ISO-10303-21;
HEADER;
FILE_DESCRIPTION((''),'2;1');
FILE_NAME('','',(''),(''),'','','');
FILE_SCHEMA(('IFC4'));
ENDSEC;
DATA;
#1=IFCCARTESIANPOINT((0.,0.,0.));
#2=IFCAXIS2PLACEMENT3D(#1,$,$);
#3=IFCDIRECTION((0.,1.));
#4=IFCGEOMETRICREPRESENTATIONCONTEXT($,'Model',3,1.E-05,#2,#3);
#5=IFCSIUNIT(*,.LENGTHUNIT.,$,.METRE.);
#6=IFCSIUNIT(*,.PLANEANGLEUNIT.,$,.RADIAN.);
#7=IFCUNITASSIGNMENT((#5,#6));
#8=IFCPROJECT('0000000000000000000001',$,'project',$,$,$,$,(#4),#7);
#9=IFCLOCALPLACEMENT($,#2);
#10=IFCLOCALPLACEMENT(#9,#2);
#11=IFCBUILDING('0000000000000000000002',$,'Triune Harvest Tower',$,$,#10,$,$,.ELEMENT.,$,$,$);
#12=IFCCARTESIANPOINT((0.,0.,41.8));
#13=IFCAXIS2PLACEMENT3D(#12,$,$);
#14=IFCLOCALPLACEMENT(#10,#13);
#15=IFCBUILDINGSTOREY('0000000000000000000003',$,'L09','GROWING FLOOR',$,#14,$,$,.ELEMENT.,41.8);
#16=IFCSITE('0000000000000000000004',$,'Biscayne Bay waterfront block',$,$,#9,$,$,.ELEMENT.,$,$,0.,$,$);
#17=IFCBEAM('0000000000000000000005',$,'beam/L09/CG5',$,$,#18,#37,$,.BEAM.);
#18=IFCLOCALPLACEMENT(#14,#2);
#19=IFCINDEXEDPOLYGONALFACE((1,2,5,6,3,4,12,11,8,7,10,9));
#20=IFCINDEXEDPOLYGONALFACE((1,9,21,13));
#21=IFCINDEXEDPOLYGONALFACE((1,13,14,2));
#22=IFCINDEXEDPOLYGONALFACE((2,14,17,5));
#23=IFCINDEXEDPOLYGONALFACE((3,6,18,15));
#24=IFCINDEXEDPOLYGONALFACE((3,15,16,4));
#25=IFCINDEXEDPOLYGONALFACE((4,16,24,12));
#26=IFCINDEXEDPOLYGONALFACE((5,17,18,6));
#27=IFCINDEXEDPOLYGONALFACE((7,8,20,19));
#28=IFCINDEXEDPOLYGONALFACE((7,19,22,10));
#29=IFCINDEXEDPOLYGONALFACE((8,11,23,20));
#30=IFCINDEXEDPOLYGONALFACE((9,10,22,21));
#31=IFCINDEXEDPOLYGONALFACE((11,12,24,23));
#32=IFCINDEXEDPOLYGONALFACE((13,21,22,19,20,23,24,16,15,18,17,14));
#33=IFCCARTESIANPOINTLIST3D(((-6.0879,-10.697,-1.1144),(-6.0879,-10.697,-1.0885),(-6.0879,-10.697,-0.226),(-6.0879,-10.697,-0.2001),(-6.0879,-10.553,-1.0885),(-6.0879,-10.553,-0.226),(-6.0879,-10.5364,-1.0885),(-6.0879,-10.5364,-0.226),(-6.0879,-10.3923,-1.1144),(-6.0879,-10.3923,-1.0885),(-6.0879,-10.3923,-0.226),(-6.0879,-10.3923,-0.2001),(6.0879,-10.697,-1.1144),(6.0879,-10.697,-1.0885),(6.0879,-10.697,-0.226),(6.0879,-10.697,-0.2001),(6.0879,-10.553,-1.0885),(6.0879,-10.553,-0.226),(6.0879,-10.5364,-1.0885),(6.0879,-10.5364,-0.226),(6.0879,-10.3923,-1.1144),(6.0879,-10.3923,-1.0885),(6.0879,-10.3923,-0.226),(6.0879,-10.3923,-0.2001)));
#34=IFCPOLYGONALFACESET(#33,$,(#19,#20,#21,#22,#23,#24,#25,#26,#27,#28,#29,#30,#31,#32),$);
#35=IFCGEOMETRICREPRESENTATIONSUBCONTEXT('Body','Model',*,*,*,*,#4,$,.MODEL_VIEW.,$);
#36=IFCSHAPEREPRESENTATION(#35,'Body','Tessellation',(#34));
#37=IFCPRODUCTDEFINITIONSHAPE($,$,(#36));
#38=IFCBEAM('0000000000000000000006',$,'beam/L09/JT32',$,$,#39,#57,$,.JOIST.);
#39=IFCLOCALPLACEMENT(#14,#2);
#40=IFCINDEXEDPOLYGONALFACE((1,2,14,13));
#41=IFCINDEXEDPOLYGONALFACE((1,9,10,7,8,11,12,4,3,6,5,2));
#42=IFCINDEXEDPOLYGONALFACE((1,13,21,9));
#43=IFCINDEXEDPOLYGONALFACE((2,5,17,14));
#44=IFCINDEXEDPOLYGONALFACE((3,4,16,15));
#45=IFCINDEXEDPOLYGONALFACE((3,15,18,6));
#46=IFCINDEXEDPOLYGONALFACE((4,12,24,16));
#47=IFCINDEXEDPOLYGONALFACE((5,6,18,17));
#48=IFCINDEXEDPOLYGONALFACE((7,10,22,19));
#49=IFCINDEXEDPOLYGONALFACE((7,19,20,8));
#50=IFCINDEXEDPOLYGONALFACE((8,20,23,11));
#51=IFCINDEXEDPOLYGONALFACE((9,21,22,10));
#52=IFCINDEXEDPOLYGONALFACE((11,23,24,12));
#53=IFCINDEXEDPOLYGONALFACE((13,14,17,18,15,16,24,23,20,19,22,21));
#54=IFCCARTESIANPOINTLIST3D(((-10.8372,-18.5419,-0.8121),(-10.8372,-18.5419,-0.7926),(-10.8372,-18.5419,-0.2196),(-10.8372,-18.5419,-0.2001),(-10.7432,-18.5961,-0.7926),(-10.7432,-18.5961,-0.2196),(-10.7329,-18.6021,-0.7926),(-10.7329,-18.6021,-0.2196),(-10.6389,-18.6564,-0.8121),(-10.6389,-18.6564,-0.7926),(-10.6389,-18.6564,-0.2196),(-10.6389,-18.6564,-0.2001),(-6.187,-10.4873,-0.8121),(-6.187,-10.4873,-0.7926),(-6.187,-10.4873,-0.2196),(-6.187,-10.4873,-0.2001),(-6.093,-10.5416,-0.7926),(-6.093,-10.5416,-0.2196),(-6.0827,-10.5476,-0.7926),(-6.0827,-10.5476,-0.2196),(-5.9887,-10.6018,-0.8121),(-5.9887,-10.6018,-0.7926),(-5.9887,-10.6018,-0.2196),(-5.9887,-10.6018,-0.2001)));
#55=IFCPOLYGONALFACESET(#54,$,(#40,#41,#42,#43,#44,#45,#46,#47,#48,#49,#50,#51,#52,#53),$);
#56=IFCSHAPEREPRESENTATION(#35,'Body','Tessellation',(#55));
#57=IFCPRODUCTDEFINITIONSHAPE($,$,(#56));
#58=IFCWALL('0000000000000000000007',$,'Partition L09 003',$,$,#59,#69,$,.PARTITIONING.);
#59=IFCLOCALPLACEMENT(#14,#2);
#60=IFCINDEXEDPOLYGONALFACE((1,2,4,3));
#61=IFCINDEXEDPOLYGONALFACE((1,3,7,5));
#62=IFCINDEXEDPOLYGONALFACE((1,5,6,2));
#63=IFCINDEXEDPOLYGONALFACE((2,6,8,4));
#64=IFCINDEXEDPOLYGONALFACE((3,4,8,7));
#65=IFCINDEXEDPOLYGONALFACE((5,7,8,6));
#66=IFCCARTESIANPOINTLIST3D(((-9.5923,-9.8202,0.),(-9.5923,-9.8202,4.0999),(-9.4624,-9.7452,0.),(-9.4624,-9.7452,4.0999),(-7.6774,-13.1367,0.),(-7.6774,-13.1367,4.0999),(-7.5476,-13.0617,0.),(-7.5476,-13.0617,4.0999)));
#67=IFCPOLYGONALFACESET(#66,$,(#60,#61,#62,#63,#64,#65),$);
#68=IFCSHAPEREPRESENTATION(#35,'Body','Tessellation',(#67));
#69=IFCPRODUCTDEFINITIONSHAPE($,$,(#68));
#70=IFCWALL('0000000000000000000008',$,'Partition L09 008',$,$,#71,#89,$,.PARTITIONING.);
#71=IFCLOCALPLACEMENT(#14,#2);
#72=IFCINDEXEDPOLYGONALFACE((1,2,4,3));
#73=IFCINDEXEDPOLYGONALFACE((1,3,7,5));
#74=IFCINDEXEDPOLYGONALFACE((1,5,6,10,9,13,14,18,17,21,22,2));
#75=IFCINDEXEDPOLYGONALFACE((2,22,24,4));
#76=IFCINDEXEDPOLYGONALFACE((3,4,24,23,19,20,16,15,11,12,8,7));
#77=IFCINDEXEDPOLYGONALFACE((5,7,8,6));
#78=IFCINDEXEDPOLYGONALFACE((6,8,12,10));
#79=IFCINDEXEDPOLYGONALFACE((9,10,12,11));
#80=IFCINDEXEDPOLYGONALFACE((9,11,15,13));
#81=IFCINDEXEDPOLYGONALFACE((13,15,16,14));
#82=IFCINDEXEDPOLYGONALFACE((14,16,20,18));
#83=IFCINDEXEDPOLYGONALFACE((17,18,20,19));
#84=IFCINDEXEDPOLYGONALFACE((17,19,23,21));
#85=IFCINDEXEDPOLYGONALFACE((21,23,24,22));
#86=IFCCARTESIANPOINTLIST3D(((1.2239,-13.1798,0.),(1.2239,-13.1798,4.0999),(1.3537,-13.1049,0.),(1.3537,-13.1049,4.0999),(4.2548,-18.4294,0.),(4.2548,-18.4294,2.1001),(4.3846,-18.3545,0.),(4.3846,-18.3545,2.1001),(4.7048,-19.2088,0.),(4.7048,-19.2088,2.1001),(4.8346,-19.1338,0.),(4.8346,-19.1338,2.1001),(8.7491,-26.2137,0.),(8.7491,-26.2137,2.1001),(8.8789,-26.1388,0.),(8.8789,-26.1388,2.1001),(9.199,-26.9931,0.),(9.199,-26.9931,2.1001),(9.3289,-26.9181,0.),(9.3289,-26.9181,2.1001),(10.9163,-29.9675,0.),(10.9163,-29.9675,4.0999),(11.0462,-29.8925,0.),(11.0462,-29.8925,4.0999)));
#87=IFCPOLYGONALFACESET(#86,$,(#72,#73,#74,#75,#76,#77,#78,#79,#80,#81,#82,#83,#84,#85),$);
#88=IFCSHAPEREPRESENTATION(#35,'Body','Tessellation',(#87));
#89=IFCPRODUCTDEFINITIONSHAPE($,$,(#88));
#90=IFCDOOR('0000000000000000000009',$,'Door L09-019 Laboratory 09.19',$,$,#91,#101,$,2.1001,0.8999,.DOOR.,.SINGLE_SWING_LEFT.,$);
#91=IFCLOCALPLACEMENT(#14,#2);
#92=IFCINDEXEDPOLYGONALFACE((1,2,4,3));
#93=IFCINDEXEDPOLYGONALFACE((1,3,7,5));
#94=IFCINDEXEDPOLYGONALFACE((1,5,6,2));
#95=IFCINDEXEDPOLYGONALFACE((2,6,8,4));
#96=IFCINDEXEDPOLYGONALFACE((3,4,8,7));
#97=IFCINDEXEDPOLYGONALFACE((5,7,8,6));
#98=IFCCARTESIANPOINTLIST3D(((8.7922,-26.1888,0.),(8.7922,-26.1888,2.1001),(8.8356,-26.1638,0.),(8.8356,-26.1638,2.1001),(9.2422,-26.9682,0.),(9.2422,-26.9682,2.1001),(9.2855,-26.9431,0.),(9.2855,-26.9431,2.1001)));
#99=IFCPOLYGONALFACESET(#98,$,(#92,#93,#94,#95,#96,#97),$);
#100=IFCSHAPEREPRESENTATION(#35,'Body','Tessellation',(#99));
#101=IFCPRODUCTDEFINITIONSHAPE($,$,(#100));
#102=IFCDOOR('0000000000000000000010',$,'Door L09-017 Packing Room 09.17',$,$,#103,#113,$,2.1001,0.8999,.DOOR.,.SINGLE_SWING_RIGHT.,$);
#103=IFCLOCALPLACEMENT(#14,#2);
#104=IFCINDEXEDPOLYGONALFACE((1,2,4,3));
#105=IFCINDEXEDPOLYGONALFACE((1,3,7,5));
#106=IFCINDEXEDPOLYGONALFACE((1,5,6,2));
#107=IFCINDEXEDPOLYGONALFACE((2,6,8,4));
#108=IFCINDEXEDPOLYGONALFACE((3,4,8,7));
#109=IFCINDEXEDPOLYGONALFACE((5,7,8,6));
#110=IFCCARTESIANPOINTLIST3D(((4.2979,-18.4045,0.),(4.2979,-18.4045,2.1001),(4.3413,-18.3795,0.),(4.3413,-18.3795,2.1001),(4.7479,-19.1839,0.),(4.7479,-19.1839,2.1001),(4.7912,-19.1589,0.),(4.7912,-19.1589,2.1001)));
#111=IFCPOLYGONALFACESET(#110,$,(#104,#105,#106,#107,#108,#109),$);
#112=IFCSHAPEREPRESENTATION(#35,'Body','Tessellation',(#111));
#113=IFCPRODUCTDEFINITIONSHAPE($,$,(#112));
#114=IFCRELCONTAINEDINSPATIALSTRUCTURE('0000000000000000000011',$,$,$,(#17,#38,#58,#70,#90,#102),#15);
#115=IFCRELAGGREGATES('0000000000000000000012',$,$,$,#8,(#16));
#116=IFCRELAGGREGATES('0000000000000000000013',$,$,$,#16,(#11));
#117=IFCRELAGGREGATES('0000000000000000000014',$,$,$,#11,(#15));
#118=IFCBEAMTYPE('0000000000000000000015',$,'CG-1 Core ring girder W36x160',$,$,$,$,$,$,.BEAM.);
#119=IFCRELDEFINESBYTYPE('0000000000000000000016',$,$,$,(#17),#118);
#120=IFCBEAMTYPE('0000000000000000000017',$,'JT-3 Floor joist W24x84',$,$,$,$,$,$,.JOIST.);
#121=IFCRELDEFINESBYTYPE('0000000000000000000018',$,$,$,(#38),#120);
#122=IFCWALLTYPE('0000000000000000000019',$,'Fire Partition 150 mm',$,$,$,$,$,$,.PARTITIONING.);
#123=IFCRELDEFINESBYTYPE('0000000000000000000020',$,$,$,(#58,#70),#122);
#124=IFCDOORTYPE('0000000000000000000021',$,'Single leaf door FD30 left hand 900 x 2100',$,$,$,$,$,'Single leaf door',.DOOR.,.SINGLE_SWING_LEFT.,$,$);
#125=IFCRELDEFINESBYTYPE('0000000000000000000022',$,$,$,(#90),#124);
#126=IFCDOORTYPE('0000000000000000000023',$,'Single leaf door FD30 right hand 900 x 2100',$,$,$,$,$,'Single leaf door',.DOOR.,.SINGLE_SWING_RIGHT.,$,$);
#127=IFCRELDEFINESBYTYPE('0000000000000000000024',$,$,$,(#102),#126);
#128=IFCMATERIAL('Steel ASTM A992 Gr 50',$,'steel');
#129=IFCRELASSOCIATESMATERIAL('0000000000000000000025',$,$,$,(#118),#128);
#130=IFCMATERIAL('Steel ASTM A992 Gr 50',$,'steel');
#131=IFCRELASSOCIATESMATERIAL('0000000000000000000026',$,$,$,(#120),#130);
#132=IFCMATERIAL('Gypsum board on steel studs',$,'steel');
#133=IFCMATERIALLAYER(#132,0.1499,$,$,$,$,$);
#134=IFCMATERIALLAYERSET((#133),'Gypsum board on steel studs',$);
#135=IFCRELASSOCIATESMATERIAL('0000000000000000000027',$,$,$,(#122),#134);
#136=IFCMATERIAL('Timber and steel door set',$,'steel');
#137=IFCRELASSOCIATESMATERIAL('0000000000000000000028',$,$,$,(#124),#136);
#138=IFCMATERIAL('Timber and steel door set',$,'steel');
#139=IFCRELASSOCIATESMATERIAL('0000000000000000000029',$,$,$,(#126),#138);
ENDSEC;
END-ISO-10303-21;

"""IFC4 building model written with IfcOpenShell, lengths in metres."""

from ifc_helpers import new_model, si_unit, direction, frame, frame_2d, origin, origin_2d, place, context, subcontext, project, spatial, rectangle, i_section, extrude, source, transform, mapped, material, layer, layer_set, material_profile, profile_set, type_object, element, fill, save


model = new_model("IFC4")

# Units and contexts
model_context = context("Model", 3, precision=1e-05, world=origin(), true_north=direction((0.0, 1.0)))
body_context = subcontext(model_context, "Body", "Model", "MODEL_VIEW")
ifc_project = project(units=[si_unit("LENGTHUNIT", "METRE"), si_unit("PLANEANGLEUNIT", "RADIAN")], contexts=[model_context])

# Site, building, storey
site_placement = place(None, origin())
site = spatial("IfcSite", under=ifc_project, at=site_placement, Name="Biscayne Bay waterfront block", CompositionType="ELEMENT", RefElevation=0.0)
building_placement = place(site_placement, origin())
building = spatial("IfcBuilding", under=site, at=building_placement, Name="Triune Harvest Tower", CompositionType="ELEMENT")
storey_placement = place(building_placement, frame((0.0, 0.0, 41.8)))
storey = spatial("IfcBuildingStorey", under=building, at=storey_placement, Name="L09", Description="GROWING FLOOR", CompositionType="ELEMENT", Elevation=41.8)

# Beams
ifc_material_1 = material(Name="Steel ASTM A992 Gr 50", Category="steel")
ifc_material_profile_1 = material_profile(ifc_material_1, i_section(OverallWidth=0.3047, OverallDepth=0.9143, WebThickness=0.0166, FlangeThickness=0.0259, at=origin_2d()), Name="W36x160")
ifc_profile_set_1 = profile_set([ifc_material_profile_1], Name="Steel ASTM A992 Gr 50")
beam_type_1 = type_object("IfcBeamType", Name="CG-1 Core ring girder W36x160", PredefinedType="BEAM", material=ifc_profile_set_1)
shared_shape_1 = source(origin(), body_context, "Body", "SweptSolid", [
    extrude(i_section(OverallWidth=0.3047, OverallDepth=0.9143, WebThickness=0.0166, FlangeThickness=0.0259, at=origin_2d()), origin(), (0.0, 0.0, 1.0), 12.1758),
])
beam_1_placement = place(storey_placement, frame((-6.0879, -10.5447, -0.6572), z_axis=(1.0, 0.0, 0.0), x_axis=(0.0, 1.0, 0.0)))
element("IfcBeam", 1, at=beam_1_placement, inside=storey, type_object=beam_type_1, Name="beam/L09/CG5", PredefinedType="BEAM", context=body_context, shape_type="MappedRepresentation", body=[
    mapped(shared_shape_1, transform((0.0, 0.0, 0.0), scale=1.0)),
])
ifc_material_2 = material(Name="Steel ASTM A992 Gr 50", Category="steel")
ifc_material_profile_2 = material_profile(ifc_material_2, i_section(OverallWidth=0.229, OverallDepth=0.6121, WebThickness=0.012, FlangeThickness=0.0195, at=origin_2d()), Name="W24x84")
ifc_profile_set_2 = profile_set([ifc_material_profile_2], Name="Steel ASTM A992 Gr 50")
beam_type_2 = type_object("IfcBeamType", Name="JT-3 Floor joist W24x84", PredefinedType="JOIST", material=ifc_profile_set_2)
shared_shape_2 = source(origin(), body_context, "Body", "SweptSolid", [
    extrude(i_section(OverallWidth=0.229, OverallDepth=0.6121, WebThickness=0.012, FlangeThickness=0.0195, at=origin_2d()), origin(), (0.0, 0.0, 1.0), 9.3005),
])
beam_2_placement = place(storey_placement, frame((-10.738, -18.5991, -0.5061), z_axis=(0.499993, 0.86603, 0.0), x_axis=(-0.86603, 0.499993, 0.0)))
element("IfcBeam", 2, at=beam_2_placement, inside=storey, type_object=beam_type_2, Name="beam/L09/JT32", PredefinedType="JOIST", context=body_context, shape_type="MappedRepresentation", body=[
    mapped(shared_shape_2, transform((0.0, 0.0, 0.0), scale=1.0)),
])

# Wall
ifc_material_3 = material(Name="Gypsum board on steel studs", Category="steel")
ifc_layer_1 = layer(ifc_material_3, 0.1499)
ifc_layer_set_1 = layer_set([ifc_layer_1], Name="Gypsum board on steel studs")
wall_type_1 = type_object("IfcWallType", Name="Fire Partition 150 mm", PredefinedType="PARTITIONING", material=ifc_layer_set_1)
wall_1_placement = place(storey_placement, frame((-9.5273, -9.7827, 0.0), z_axis=(0.0, 0.0, 1.0), x_axis=(0.500013, -0.866018, 0.0)))
element("IfcWall", 3, at=wall_1_placement, inside=storey, type_object=wall_type_1, Name="Partition L09 003", PredefinedType="PARTITIONING", context=body_context, shape_type="SweptSolid", body=[
    extrude(rectangle(XDim=3.8296, YDim=0.1499, at=frame_2d((1.9148, 0.0))), origin(), (0.0, 0.0, 1.0), 4.0999),
])

# Wall, openings, doors
wall_2_placement = place(storey_placement, frame((1.2888, -13.1423, 0.0), z_axis=(0.0, 0.0, 1.0), x_axis=(0.500002, -0.866024, 0.0)))
wall_2 = element("IfcWall", 4, at=wall_2_placement, inside=storey, type_object=wall_type_1, Name="Partition L09 008", PredefinedType="PARTITIONING", context=body_context, shape_type="SweptSolid", body=[
    extrude(rectangle(XDim=19.3848, YDim=0.1499, at=frame_2d((9.6924, 0.0))), origin(), (0.0, 0.0, 1.0), 4.0999),
])
opening_1_placement = place(wall_2_placement, frame((6.0618, 0.0, 0.0)))
opening_1 = element("IfcOpeningElement", 5, at=opening_1_placement, cuts=wall_2, PredefinedType="OPENING", context=body_context, shape_type="SweptSolid", body=[
    extrude(rectangle(XDim=0.8999, YDim=2.1001, at=frame_2d((0.45, 1.05))), frame((0.0, 0.085, 0.0), z_axis=(0.0, -1.0, 0.0), x_axis=(1.0, 0.0, 0.0)), (0.0, 0.0, 1.0), 0.1699),
])
opening_2_placement = place(wall_2_placement, frame((15.0503, 0.0, 0.0)))
opening_2 = element("IfcOpeningElement", 6, at=opening_2_placement, cuts=wall_2, PredefinedType="OPENING", context=body_context, shape_type="SweptSolid", body=[
    extrude(rectangle(XDim=0.8999, YDim=2.1001, at=frame_2d((0.45, 1.05))), frame((0.0, 0.085, 0.0), z_axis=(0.0, -1.0, 0.0), x_axis=(1.0, 0.0, 0.0)), (0.0, 0.0, 1.0), 0.1699),
])
ifc_material_4 = material(Name="Timber and steel door set", Category="steel")
door_type_1 = type_object("IfcDoorType", Name="Single leaf door FD30 left hand 900 x 2100", ElementType="Single leaf door", OperationType="SINGLE_SWING_LEFT", PredefinedType="DOOR", material=ifc_material_4)
door_1_placement = place(opening_2_placement, origin())
door_1 = element("IfcDoor", 7, at=door_1_placement, inside=storey, type_object=door_type_1, Name="Door L09-019 Laboratory 09.19", OperationType="SINGLE_SWING_LEFT", OverallHeight=2.1001, OverallWidth=0.8999, PredefinedType="DOOR", context=body_context, shape_type="SweptSolid", body=[
    extrude(rectangle(XDim=0.8999, YDim=2.1001, at=frame_2d((0.45, 1.05))), frame((0.0, 0.0249, 0.0), z_axis=(0.0, -1.0, 0.0), x_axis=(1.0, 0.0, 0.0)), (0.0, 0.0, 1.0), 0.05),
])
fill(opening_2, door_1)
ifc_material_5 = material(Name="Timber and steel door set", Category="steel")
door_type_2 = type_object("IfcDoorType", Name="Single leaf door FD30 right hand 900 x 2100", ElementType="Single leaf door", OperationType="SINGLE_SWING_RIGHT", PredefinedType="DOOR", material=ifc_material_5)
door_2_placement = place(opening_1_placement, origin())
door_2 = element("IfcDoor", 8, at=door_2_placement, inside=storey, type_object=door_type_2, Name="Door L09-017 Packing Room 09.17", OperationType="SINGLE_SWING_RIGHT", OverallHeight=2.1001, OverallWidth=0.8999, PredefinedType="DOOR", context=body_context, shape_type="SweptSolid", body=[
    extrude(rectangle(XDim=0.8999, YDim=2.1001, at=frame_2d((0.45, 1.05))), frame((0.0, 0.0249, 0.0), z_axis=(0.0, -1.0, 0.0), x_axis=(1.0, 0.0, 0.0)), (0.0, 0.0, 1.0), 0.05),
])
fill(opening_1, door_2)

save(model, "model.ifc")
